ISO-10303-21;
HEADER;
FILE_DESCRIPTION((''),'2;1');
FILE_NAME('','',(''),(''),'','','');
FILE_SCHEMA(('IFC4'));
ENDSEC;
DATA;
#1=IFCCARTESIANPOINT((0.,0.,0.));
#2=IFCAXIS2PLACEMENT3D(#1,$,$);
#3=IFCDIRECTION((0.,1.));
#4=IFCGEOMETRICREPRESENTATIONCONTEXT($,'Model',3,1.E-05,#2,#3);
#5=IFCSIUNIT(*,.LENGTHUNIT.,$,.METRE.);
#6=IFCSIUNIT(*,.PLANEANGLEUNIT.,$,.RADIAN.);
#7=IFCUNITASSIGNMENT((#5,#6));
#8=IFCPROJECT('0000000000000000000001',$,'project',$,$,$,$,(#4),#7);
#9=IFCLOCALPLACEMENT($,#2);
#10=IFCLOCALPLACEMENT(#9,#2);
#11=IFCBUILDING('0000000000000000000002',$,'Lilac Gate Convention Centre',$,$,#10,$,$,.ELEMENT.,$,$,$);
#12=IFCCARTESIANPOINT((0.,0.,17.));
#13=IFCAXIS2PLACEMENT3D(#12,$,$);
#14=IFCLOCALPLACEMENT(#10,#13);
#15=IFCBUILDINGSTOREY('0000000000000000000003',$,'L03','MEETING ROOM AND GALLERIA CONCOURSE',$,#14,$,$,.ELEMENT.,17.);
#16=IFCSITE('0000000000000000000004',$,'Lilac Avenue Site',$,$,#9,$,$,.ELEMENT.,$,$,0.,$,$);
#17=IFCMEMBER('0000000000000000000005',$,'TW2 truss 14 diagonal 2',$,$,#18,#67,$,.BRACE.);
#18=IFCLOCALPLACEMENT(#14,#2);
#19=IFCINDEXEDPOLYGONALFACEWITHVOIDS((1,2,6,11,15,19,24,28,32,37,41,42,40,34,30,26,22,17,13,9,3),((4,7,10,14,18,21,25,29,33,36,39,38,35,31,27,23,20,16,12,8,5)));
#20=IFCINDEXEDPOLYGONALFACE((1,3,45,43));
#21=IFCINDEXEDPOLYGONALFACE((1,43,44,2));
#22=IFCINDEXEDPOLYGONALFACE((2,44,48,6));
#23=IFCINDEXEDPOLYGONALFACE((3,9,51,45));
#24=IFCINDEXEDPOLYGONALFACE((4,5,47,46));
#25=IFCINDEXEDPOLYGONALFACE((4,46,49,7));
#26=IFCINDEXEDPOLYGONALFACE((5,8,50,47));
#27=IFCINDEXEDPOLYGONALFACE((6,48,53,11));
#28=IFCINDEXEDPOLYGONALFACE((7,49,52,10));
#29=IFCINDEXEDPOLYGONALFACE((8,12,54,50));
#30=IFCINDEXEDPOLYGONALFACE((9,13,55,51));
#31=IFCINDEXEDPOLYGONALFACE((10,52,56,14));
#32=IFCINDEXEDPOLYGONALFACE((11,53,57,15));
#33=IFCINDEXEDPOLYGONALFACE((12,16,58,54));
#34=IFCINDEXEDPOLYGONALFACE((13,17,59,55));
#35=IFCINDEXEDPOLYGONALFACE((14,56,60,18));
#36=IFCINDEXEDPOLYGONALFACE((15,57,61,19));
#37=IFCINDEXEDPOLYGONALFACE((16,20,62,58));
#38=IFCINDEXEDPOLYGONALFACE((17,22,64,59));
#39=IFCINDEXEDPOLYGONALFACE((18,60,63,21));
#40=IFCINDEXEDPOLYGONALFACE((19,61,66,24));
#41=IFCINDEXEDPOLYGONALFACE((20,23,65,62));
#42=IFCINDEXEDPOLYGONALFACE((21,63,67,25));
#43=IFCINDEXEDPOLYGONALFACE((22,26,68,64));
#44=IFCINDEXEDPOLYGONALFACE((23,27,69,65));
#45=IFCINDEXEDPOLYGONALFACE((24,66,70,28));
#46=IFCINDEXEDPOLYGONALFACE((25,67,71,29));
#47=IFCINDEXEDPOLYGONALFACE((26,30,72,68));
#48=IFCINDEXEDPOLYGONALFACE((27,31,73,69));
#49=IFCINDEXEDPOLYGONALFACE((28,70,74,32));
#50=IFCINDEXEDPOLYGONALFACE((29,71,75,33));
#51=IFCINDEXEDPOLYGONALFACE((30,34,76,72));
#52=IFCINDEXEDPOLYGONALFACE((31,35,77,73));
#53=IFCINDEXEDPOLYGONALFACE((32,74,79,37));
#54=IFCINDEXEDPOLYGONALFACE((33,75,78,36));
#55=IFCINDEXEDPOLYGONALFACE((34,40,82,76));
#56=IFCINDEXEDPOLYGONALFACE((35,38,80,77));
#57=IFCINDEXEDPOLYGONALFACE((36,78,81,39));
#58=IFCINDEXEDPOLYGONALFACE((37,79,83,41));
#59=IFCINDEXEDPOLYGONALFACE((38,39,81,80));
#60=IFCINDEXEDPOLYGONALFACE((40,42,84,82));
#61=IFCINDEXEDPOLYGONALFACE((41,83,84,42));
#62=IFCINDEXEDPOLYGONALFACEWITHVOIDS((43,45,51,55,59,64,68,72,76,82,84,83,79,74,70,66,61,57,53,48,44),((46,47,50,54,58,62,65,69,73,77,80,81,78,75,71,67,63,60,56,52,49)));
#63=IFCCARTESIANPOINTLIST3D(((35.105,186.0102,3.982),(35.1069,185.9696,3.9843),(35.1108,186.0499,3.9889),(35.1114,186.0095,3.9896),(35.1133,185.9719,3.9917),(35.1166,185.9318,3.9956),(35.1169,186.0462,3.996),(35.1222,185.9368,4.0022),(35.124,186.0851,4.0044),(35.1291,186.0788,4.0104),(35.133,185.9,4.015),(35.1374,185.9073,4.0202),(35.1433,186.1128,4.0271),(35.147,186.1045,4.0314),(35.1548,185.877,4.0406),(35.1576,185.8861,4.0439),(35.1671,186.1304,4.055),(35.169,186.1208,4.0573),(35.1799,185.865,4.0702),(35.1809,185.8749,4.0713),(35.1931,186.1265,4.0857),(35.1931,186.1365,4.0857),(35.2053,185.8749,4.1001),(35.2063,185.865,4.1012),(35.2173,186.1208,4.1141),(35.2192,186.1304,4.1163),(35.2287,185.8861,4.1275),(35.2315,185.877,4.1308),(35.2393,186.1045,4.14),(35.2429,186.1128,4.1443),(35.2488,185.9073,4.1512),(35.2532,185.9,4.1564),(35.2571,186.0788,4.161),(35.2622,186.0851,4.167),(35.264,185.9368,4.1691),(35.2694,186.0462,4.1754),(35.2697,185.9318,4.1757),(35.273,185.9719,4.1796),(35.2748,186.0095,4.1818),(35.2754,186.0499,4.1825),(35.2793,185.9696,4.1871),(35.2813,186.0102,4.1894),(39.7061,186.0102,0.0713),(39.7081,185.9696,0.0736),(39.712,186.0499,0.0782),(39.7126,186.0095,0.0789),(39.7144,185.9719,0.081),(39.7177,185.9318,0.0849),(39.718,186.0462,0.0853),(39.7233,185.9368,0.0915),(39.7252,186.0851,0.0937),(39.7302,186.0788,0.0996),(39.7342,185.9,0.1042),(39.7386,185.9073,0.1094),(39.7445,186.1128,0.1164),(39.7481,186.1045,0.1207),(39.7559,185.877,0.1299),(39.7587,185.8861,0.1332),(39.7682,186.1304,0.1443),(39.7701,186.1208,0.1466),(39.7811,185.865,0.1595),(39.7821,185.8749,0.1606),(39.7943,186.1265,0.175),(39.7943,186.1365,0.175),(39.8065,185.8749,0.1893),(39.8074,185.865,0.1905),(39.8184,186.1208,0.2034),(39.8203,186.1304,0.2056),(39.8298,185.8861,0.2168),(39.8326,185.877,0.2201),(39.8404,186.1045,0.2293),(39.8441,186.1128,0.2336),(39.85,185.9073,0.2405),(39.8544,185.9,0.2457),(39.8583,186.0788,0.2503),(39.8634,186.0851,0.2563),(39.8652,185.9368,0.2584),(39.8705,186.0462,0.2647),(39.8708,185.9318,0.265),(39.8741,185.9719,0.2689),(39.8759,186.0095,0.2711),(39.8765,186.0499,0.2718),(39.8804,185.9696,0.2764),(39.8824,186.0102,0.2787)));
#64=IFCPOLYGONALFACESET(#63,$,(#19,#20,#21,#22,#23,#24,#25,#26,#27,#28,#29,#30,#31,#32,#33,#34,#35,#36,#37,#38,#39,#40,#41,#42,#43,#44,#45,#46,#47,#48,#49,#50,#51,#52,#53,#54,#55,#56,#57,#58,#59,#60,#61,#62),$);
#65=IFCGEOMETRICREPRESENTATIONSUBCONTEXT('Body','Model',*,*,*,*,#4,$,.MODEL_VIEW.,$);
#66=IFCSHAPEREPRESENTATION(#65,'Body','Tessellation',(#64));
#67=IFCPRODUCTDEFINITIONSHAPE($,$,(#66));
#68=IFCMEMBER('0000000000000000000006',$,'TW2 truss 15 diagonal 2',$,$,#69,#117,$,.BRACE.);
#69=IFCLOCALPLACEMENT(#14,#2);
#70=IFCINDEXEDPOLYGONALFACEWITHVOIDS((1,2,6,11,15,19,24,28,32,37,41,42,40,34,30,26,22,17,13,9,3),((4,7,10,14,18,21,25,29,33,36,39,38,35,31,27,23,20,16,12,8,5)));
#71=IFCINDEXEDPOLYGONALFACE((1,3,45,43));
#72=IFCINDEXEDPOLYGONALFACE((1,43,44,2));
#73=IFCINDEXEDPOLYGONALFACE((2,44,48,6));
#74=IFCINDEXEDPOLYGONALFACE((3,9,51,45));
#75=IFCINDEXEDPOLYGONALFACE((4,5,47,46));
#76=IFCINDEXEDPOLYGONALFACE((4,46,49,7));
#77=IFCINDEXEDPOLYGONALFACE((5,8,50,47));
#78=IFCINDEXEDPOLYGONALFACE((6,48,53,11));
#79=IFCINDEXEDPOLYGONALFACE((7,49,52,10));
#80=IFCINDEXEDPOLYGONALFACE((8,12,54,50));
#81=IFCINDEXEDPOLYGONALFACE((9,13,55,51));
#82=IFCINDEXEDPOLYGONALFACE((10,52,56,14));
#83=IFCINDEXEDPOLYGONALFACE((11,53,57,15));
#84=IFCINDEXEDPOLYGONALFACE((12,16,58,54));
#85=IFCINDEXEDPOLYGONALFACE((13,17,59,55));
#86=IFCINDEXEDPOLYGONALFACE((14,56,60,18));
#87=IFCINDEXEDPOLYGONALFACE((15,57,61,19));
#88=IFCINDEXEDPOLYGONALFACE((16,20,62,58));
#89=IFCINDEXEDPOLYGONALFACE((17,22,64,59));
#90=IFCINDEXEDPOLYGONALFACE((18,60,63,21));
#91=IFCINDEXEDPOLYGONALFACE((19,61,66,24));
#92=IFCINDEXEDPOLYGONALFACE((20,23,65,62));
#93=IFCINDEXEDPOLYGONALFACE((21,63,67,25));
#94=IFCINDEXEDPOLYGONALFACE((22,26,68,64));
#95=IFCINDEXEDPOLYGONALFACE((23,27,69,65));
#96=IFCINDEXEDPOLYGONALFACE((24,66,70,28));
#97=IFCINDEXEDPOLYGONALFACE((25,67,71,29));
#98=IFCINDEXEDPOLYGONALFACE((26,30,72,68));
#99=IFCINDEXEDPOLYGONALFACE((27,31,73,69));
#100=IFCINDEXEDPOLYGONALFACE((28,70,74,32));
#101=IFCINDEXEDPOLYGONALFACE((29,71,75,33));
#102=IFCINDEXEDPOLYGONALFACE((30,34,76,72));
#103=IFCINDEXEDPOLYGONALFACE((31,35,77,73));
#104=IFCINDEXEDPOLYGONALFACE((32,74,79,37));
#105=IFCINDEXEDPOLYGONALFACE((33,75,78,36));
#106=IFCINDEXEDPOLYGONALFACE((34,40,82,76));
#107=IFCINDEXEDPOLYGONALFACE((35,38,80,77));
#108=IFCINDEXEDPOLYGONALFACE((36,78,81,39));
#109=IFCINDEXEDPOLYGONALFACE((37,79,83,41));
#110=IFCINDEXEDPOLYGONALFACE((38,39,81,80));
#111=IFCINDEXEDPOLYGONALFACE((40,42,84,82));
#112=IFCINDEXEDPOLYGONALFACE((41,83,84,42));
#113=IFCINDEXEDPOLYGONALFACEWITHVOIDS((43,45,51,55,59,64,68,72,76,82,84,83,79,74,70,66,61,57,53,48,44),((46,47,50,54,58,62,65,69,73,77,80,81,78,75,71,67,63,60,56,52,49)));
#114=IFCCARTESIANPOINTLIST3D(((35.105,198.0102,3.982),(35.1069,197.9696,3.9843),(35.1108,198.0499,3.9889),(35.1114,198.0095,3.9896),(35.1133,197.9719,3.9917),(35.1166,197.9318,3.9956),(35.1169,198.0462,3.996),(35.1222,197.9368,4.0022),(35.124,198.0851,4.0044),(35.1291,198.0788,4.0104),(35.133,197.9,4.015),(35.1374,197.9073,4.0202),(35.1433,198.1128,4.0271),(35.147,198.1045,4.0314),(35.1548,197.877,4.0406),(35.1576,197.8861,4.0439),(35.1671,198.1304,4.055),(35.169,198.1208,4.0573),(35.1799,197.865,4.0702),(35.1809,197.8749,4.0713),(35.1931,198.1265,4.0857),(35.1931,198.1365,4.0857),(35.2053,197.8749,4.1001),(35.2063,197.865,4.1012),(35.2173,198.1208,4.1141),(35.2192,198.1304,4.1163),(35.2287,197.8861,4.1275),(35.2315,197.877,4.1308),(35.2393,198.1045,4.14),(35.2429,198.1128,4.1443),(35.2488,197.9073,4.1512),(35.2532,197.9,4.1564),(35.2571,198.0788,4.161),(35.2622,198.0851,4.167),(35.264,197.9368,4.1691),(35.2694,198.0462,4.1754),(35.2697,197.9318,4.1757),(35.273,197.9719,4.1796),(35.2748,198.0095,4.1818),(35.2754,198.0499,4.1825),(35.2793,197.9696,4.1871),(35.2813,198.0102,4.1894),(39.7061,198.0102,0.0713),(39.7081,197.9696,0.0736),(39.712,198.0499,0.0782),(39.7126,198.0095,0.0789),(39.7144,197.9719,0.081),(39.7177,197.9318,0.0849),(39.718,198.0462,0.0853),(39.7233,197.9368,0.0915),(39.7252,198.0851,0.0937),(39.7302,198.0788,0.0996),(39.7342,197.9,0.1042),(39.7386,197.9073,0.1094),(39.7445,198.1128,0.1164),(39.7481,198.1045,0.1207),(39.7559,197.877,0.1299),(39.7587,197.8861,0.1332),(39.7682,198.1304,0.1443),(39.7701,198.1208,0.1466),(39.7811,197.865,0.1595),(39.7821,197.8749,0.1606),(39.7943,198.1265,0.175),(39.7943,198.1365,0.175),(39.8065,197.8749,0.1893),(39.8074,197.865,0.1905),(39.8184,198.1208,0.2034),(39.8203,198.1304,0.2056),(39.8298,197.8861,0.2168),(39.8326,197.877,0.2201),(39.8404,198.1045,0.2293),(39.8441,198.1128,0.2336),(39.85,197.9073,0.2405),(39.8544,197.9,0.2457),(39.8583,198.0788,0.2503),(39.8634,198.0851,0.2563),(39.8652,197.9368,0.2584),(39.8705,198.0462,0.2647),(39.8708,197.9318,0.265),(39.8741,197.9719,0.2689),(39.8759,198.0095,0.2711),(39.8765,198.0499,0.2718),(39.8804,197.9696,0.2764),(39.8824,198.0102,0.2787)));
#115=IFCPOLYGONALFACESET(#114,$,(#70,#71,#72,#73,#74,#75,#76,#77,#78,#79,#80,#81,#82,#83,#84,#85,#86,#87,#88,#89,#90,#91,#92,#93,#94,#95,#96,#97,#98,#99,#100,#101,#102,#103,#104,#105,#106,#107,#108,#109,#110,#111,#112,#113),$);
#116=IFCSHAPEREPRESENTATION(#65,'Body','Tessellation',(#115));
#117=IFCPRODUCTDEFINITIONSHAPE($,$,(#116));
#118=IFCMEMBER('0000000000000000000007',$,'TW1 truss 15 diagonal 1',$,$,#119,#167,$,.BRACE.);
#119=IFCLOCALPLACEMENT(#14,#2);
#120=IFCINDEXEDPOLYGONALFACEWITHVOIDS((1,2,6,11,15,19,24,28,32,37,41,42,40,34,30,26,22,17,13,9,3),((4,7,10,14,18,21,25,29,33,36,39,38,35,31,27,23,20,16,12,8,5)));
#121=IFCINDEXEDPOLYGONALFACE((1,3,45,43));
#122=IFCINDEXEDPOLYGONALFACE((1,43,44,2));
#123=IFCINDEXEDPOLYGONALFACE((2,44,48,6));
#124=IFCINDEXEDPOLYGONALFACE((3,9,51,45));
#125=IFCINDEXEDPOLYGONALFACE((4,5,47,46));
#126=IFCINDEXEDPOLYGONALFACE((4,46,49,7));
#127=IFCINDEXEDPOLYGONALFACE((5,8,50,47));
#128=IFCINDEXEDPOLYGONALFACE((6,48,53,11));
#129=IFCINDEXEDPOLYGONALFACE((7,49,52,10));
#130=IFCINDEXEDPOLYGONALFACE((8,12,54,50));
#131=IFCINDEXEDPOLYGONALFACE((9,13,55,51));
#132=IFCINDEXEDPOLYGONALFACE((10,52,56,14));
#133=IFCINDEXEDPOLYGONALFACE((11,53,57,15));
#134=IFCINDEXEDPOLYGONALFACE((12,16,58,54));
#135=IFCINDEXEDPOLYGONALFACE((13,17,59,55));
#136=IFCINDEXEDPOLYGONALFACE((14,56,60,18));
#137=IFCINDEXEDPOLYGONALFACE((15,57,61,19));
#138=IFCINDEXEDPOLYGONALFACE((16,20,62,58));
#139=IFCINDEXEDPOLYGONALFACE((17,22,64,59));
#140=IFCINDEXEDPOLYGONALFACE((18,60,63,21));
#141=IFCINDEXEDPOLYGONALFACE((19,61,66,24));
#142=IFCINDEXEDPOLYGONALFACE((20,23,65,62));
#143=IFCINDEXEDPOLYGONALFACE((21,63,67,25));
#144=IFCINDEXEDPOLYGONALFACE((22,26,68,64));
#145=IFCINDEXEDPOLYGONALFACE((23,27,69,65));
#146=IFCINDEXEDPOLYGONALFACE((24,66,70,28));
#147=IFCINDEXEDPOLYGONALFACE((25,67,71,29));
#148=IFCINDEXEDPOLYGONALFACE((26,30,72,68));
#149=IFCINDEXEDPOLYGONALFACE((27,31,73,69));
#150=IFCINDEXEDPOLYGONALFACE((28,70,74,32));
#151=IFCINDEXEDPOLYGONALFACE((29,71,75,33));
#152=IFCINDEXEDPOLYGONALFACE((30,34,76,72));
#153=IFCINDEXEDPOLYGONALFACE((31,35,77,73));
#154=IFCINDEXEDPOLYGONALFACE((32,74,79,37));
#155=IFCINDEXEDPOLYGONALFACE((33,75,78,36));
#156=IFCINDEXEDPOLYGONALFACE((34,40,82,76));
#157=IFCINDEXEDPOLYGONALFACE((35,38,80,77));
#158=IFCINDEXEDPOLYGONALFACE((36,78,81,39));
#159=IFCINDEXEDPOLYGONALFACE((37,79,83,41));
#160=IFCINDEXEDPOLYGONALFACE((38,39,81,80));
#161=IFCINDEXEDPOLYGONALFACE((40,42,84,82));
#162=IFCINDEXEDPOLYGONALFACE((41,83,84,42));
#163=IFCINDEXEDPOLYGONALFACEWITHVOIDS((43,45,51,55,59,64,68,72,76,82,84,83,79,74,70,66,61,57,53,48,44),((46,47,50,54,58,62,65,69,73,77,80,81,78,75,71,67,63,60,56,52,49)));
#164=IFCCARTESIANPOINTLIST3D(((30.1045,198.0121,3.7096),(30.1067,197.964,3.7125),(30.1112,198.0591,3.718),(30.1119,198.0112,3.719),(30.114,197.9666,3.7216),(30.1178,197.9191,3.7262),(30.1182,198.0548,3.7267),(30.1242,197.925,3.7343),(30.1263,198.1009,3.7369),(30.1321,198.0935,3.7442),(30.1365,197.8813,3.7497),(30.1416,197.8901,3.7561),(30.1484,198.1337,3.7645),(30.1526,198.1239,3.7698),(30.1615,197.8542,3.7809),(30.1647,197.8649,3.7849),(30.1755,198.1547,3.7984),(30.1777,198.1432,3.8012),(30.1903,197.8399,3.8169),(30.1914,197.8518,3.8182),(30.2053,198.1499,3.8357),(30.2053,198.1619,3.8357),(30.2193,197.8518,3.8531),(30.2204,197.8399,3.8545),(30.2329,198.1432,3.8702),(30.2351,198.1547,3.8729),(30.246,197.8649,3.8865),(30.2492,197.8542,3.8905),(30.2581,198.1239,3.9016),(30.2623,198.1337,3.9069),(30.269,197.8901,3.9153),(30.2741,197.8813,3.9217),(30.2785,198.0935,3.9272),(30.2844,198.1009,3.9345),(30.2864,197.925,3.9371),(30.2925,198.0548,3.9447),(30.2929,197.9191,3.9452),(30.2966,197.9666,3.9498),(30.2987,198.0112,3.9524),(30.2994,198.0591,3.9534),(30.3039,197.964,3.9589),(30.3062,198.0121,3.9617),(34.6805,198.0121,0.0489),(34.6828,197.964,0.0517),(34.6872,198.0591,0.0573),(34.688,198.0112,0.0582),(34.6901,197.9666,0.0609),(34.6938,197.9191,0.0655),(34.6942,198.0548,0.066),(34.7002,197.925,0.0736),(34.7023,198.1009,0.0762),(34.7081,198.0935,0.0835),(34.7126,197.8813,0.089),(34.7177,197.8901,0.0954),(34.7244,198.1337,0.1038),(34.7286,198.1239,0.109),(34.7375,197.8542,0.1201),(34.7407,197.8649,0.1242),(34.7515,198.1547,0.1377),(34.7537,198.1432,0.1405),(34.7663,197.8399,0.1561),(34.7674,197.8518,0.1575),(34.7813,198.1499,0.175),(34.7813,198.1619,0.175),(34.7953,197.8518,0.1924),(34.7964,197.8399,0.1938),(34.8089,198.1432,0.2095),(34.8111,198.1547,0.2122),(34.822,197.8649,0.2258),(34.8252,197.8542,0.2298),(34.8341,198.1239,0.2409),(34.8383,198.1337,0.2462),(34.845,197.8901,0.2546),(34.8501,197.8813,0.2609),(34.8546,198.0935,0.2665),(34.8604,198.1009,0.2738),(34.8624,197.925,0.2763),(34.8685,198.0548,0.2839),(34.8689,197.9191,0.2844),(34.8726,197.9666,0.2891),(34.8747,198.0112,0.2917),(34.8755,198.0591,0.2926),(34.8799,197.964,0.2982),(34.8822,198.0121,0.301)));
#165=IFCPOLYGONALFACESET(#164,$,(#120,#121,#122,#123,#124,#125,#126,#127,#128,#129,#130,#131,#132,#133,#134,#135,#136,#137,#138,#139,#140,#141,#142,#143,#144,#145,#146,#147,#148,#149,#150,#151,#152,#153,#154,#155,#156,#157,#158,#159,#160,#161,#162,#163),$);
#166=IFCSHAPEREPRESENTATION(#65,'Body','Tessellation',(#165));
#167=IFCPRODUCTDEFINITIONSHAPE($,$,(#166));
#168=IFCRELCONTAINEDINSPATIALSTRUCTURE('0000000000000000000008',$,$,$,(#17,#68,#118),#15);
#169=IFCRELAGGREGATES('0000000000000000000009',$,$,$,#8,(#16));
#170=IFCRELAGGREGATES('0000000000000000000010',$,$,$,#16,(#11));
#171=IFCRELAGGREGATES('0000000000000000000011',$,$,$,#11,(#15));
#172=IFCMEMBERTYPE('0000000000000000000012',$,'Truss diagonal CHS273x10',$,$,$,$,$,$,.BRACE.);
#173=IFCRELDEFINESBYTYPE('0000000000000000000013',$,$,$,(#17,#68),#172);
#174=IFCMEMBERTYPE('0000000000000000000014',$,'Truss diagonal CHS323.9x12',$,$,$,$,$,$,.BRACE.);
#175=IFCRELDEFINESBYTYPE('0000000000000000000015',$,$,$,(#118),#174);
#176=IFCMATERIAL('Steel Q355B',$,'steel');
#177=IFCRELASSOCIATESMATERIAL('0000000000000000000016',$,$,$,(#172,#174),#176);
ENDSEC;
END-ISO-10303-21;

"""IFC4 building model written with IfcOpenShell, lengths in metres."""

from ifc_helpers import new_model, si_unit, direction, frame, origin, origin_2d, place, context, subcontext, project, spatial, hollow_circle, extrude, material, material_profile, profile_set, type_object, element, save


model = new_model("IFC4")

# Units and contexts
model_context = context("Model", 3, precision=1e-05, world=origin(), true_north=direction((0.0, 1.0)))
body_context = subcontext(model_context, "Body", "Model", "MODEL_VIEW")
ifc_project = project(units=[si_unit("LENGTHUNIT", "METRE"), si_unit("PLANEANGLEUNIT", "RADIAN")], contexts=[model_context])

# Site, building, storey
site_placement = place(None, origin())
site = spatial("IfcSite", under=ifc_project, at=site_placement, Name="Lilac Avenue Site", CompositionType="ELEMENT", RefElevation=0.0)
building_placement = place(site_placement, origin())
building = spatial("IfcBuilding", under=site, at=building_placement, Name="Lilac Gate Convention Centre", CompositionType="ELEMENT")
storey_placement = place(building_placement, frame((0.0, 0.0, 17.0)))
storey = spatial("IfcBuildingStorey", under=building, at=storey_placement, Name="L03", Description="MEETING ROOM AND GALLERIA CONCOURSE", CompositionType="ELEMENT", Elevation=17.0)

# Members
ifc_material = material(Name="Steel Q355B", Category="steel")
ifc_material_profile_1 = material_profile(ifc_material, hollow_circle(Radius=0.1365, WallThickness=0.01, at=origin_2d()), Name="CHS273x10")
ifc_profile_set_1 = profile_set([ifc_material_profile_1], Name="Steel Q355B")
member_type_1 = type_object("IfcMemberType", Name="Truss diagonal CHS273x10", PredefinedType="BRACE", material=ifc_profile_set_1)
for number, where, z_axis, x_axis, name in (
    (1, (35.1931, 186.0, 4.0857), (0.761961, 0.0, -0.647623), (0.0, 1.0, 0.0), "TW2 truss 14 diagonal 2"),
    (2, (35.1931, 198.0, 4.0857), (0.761961, 0.0, -0.647623), (0.0, 1.0, 0.0), "TW2 truss 15 diagonal 2"),
):
    element("IfcMember", number, at=place(storey_placement, frame(where, z_axis=z_axis, x_axis=x_axis)), inside=storey, type_object=member_type_1, Name=name, PredefinedType="BRACE", context=body_context, shape_type="SweptSolid", body=[
        extrude(hollow_circle(Radius=0.1365, WallThickness=0.01, at=origin_2d()), origin(), (0.0, 0.0, 1.0), 6.0386),
    ])
ifc_material_profile_2 = material_profile(ifc_material, hollow_circle(Radius=0.1619, WallThickness=0.012, at=origin_2d()), Name="CHS323.9x12")
ifc_profile_set_2 = profile_set([ifc_material_profile_2], Name="Steel Q355B")
member_type_2 = type_object("IfcMemberType", Name="Truss diagonal CHS323.9x12", PredefinedType="BRACE", material=ifc_profile_set_2)
member_1_placement = place(storey_placement, frame((30.2053, 198.0, 3.8357), z_axis=(0.780877, 0.0, -0.624685), x_axis=(0.0, 1.0, 0.0)))
element("IfcMember", 3, at=member_1_placement, inside=storey, type_object=member_type_2, Name="TW1 truss 15 diagonal 1", PredefinedType="BRACE", context=body_context, shape_type="SweptSolid", body=[
    extrude(hollow_circle(Radius=0.1619, WallThickness=0.012, at=origin_2d()), origin(), (0.0, 0.0, 1.0), 5.8601),
])

save(model, "model.ifc")
